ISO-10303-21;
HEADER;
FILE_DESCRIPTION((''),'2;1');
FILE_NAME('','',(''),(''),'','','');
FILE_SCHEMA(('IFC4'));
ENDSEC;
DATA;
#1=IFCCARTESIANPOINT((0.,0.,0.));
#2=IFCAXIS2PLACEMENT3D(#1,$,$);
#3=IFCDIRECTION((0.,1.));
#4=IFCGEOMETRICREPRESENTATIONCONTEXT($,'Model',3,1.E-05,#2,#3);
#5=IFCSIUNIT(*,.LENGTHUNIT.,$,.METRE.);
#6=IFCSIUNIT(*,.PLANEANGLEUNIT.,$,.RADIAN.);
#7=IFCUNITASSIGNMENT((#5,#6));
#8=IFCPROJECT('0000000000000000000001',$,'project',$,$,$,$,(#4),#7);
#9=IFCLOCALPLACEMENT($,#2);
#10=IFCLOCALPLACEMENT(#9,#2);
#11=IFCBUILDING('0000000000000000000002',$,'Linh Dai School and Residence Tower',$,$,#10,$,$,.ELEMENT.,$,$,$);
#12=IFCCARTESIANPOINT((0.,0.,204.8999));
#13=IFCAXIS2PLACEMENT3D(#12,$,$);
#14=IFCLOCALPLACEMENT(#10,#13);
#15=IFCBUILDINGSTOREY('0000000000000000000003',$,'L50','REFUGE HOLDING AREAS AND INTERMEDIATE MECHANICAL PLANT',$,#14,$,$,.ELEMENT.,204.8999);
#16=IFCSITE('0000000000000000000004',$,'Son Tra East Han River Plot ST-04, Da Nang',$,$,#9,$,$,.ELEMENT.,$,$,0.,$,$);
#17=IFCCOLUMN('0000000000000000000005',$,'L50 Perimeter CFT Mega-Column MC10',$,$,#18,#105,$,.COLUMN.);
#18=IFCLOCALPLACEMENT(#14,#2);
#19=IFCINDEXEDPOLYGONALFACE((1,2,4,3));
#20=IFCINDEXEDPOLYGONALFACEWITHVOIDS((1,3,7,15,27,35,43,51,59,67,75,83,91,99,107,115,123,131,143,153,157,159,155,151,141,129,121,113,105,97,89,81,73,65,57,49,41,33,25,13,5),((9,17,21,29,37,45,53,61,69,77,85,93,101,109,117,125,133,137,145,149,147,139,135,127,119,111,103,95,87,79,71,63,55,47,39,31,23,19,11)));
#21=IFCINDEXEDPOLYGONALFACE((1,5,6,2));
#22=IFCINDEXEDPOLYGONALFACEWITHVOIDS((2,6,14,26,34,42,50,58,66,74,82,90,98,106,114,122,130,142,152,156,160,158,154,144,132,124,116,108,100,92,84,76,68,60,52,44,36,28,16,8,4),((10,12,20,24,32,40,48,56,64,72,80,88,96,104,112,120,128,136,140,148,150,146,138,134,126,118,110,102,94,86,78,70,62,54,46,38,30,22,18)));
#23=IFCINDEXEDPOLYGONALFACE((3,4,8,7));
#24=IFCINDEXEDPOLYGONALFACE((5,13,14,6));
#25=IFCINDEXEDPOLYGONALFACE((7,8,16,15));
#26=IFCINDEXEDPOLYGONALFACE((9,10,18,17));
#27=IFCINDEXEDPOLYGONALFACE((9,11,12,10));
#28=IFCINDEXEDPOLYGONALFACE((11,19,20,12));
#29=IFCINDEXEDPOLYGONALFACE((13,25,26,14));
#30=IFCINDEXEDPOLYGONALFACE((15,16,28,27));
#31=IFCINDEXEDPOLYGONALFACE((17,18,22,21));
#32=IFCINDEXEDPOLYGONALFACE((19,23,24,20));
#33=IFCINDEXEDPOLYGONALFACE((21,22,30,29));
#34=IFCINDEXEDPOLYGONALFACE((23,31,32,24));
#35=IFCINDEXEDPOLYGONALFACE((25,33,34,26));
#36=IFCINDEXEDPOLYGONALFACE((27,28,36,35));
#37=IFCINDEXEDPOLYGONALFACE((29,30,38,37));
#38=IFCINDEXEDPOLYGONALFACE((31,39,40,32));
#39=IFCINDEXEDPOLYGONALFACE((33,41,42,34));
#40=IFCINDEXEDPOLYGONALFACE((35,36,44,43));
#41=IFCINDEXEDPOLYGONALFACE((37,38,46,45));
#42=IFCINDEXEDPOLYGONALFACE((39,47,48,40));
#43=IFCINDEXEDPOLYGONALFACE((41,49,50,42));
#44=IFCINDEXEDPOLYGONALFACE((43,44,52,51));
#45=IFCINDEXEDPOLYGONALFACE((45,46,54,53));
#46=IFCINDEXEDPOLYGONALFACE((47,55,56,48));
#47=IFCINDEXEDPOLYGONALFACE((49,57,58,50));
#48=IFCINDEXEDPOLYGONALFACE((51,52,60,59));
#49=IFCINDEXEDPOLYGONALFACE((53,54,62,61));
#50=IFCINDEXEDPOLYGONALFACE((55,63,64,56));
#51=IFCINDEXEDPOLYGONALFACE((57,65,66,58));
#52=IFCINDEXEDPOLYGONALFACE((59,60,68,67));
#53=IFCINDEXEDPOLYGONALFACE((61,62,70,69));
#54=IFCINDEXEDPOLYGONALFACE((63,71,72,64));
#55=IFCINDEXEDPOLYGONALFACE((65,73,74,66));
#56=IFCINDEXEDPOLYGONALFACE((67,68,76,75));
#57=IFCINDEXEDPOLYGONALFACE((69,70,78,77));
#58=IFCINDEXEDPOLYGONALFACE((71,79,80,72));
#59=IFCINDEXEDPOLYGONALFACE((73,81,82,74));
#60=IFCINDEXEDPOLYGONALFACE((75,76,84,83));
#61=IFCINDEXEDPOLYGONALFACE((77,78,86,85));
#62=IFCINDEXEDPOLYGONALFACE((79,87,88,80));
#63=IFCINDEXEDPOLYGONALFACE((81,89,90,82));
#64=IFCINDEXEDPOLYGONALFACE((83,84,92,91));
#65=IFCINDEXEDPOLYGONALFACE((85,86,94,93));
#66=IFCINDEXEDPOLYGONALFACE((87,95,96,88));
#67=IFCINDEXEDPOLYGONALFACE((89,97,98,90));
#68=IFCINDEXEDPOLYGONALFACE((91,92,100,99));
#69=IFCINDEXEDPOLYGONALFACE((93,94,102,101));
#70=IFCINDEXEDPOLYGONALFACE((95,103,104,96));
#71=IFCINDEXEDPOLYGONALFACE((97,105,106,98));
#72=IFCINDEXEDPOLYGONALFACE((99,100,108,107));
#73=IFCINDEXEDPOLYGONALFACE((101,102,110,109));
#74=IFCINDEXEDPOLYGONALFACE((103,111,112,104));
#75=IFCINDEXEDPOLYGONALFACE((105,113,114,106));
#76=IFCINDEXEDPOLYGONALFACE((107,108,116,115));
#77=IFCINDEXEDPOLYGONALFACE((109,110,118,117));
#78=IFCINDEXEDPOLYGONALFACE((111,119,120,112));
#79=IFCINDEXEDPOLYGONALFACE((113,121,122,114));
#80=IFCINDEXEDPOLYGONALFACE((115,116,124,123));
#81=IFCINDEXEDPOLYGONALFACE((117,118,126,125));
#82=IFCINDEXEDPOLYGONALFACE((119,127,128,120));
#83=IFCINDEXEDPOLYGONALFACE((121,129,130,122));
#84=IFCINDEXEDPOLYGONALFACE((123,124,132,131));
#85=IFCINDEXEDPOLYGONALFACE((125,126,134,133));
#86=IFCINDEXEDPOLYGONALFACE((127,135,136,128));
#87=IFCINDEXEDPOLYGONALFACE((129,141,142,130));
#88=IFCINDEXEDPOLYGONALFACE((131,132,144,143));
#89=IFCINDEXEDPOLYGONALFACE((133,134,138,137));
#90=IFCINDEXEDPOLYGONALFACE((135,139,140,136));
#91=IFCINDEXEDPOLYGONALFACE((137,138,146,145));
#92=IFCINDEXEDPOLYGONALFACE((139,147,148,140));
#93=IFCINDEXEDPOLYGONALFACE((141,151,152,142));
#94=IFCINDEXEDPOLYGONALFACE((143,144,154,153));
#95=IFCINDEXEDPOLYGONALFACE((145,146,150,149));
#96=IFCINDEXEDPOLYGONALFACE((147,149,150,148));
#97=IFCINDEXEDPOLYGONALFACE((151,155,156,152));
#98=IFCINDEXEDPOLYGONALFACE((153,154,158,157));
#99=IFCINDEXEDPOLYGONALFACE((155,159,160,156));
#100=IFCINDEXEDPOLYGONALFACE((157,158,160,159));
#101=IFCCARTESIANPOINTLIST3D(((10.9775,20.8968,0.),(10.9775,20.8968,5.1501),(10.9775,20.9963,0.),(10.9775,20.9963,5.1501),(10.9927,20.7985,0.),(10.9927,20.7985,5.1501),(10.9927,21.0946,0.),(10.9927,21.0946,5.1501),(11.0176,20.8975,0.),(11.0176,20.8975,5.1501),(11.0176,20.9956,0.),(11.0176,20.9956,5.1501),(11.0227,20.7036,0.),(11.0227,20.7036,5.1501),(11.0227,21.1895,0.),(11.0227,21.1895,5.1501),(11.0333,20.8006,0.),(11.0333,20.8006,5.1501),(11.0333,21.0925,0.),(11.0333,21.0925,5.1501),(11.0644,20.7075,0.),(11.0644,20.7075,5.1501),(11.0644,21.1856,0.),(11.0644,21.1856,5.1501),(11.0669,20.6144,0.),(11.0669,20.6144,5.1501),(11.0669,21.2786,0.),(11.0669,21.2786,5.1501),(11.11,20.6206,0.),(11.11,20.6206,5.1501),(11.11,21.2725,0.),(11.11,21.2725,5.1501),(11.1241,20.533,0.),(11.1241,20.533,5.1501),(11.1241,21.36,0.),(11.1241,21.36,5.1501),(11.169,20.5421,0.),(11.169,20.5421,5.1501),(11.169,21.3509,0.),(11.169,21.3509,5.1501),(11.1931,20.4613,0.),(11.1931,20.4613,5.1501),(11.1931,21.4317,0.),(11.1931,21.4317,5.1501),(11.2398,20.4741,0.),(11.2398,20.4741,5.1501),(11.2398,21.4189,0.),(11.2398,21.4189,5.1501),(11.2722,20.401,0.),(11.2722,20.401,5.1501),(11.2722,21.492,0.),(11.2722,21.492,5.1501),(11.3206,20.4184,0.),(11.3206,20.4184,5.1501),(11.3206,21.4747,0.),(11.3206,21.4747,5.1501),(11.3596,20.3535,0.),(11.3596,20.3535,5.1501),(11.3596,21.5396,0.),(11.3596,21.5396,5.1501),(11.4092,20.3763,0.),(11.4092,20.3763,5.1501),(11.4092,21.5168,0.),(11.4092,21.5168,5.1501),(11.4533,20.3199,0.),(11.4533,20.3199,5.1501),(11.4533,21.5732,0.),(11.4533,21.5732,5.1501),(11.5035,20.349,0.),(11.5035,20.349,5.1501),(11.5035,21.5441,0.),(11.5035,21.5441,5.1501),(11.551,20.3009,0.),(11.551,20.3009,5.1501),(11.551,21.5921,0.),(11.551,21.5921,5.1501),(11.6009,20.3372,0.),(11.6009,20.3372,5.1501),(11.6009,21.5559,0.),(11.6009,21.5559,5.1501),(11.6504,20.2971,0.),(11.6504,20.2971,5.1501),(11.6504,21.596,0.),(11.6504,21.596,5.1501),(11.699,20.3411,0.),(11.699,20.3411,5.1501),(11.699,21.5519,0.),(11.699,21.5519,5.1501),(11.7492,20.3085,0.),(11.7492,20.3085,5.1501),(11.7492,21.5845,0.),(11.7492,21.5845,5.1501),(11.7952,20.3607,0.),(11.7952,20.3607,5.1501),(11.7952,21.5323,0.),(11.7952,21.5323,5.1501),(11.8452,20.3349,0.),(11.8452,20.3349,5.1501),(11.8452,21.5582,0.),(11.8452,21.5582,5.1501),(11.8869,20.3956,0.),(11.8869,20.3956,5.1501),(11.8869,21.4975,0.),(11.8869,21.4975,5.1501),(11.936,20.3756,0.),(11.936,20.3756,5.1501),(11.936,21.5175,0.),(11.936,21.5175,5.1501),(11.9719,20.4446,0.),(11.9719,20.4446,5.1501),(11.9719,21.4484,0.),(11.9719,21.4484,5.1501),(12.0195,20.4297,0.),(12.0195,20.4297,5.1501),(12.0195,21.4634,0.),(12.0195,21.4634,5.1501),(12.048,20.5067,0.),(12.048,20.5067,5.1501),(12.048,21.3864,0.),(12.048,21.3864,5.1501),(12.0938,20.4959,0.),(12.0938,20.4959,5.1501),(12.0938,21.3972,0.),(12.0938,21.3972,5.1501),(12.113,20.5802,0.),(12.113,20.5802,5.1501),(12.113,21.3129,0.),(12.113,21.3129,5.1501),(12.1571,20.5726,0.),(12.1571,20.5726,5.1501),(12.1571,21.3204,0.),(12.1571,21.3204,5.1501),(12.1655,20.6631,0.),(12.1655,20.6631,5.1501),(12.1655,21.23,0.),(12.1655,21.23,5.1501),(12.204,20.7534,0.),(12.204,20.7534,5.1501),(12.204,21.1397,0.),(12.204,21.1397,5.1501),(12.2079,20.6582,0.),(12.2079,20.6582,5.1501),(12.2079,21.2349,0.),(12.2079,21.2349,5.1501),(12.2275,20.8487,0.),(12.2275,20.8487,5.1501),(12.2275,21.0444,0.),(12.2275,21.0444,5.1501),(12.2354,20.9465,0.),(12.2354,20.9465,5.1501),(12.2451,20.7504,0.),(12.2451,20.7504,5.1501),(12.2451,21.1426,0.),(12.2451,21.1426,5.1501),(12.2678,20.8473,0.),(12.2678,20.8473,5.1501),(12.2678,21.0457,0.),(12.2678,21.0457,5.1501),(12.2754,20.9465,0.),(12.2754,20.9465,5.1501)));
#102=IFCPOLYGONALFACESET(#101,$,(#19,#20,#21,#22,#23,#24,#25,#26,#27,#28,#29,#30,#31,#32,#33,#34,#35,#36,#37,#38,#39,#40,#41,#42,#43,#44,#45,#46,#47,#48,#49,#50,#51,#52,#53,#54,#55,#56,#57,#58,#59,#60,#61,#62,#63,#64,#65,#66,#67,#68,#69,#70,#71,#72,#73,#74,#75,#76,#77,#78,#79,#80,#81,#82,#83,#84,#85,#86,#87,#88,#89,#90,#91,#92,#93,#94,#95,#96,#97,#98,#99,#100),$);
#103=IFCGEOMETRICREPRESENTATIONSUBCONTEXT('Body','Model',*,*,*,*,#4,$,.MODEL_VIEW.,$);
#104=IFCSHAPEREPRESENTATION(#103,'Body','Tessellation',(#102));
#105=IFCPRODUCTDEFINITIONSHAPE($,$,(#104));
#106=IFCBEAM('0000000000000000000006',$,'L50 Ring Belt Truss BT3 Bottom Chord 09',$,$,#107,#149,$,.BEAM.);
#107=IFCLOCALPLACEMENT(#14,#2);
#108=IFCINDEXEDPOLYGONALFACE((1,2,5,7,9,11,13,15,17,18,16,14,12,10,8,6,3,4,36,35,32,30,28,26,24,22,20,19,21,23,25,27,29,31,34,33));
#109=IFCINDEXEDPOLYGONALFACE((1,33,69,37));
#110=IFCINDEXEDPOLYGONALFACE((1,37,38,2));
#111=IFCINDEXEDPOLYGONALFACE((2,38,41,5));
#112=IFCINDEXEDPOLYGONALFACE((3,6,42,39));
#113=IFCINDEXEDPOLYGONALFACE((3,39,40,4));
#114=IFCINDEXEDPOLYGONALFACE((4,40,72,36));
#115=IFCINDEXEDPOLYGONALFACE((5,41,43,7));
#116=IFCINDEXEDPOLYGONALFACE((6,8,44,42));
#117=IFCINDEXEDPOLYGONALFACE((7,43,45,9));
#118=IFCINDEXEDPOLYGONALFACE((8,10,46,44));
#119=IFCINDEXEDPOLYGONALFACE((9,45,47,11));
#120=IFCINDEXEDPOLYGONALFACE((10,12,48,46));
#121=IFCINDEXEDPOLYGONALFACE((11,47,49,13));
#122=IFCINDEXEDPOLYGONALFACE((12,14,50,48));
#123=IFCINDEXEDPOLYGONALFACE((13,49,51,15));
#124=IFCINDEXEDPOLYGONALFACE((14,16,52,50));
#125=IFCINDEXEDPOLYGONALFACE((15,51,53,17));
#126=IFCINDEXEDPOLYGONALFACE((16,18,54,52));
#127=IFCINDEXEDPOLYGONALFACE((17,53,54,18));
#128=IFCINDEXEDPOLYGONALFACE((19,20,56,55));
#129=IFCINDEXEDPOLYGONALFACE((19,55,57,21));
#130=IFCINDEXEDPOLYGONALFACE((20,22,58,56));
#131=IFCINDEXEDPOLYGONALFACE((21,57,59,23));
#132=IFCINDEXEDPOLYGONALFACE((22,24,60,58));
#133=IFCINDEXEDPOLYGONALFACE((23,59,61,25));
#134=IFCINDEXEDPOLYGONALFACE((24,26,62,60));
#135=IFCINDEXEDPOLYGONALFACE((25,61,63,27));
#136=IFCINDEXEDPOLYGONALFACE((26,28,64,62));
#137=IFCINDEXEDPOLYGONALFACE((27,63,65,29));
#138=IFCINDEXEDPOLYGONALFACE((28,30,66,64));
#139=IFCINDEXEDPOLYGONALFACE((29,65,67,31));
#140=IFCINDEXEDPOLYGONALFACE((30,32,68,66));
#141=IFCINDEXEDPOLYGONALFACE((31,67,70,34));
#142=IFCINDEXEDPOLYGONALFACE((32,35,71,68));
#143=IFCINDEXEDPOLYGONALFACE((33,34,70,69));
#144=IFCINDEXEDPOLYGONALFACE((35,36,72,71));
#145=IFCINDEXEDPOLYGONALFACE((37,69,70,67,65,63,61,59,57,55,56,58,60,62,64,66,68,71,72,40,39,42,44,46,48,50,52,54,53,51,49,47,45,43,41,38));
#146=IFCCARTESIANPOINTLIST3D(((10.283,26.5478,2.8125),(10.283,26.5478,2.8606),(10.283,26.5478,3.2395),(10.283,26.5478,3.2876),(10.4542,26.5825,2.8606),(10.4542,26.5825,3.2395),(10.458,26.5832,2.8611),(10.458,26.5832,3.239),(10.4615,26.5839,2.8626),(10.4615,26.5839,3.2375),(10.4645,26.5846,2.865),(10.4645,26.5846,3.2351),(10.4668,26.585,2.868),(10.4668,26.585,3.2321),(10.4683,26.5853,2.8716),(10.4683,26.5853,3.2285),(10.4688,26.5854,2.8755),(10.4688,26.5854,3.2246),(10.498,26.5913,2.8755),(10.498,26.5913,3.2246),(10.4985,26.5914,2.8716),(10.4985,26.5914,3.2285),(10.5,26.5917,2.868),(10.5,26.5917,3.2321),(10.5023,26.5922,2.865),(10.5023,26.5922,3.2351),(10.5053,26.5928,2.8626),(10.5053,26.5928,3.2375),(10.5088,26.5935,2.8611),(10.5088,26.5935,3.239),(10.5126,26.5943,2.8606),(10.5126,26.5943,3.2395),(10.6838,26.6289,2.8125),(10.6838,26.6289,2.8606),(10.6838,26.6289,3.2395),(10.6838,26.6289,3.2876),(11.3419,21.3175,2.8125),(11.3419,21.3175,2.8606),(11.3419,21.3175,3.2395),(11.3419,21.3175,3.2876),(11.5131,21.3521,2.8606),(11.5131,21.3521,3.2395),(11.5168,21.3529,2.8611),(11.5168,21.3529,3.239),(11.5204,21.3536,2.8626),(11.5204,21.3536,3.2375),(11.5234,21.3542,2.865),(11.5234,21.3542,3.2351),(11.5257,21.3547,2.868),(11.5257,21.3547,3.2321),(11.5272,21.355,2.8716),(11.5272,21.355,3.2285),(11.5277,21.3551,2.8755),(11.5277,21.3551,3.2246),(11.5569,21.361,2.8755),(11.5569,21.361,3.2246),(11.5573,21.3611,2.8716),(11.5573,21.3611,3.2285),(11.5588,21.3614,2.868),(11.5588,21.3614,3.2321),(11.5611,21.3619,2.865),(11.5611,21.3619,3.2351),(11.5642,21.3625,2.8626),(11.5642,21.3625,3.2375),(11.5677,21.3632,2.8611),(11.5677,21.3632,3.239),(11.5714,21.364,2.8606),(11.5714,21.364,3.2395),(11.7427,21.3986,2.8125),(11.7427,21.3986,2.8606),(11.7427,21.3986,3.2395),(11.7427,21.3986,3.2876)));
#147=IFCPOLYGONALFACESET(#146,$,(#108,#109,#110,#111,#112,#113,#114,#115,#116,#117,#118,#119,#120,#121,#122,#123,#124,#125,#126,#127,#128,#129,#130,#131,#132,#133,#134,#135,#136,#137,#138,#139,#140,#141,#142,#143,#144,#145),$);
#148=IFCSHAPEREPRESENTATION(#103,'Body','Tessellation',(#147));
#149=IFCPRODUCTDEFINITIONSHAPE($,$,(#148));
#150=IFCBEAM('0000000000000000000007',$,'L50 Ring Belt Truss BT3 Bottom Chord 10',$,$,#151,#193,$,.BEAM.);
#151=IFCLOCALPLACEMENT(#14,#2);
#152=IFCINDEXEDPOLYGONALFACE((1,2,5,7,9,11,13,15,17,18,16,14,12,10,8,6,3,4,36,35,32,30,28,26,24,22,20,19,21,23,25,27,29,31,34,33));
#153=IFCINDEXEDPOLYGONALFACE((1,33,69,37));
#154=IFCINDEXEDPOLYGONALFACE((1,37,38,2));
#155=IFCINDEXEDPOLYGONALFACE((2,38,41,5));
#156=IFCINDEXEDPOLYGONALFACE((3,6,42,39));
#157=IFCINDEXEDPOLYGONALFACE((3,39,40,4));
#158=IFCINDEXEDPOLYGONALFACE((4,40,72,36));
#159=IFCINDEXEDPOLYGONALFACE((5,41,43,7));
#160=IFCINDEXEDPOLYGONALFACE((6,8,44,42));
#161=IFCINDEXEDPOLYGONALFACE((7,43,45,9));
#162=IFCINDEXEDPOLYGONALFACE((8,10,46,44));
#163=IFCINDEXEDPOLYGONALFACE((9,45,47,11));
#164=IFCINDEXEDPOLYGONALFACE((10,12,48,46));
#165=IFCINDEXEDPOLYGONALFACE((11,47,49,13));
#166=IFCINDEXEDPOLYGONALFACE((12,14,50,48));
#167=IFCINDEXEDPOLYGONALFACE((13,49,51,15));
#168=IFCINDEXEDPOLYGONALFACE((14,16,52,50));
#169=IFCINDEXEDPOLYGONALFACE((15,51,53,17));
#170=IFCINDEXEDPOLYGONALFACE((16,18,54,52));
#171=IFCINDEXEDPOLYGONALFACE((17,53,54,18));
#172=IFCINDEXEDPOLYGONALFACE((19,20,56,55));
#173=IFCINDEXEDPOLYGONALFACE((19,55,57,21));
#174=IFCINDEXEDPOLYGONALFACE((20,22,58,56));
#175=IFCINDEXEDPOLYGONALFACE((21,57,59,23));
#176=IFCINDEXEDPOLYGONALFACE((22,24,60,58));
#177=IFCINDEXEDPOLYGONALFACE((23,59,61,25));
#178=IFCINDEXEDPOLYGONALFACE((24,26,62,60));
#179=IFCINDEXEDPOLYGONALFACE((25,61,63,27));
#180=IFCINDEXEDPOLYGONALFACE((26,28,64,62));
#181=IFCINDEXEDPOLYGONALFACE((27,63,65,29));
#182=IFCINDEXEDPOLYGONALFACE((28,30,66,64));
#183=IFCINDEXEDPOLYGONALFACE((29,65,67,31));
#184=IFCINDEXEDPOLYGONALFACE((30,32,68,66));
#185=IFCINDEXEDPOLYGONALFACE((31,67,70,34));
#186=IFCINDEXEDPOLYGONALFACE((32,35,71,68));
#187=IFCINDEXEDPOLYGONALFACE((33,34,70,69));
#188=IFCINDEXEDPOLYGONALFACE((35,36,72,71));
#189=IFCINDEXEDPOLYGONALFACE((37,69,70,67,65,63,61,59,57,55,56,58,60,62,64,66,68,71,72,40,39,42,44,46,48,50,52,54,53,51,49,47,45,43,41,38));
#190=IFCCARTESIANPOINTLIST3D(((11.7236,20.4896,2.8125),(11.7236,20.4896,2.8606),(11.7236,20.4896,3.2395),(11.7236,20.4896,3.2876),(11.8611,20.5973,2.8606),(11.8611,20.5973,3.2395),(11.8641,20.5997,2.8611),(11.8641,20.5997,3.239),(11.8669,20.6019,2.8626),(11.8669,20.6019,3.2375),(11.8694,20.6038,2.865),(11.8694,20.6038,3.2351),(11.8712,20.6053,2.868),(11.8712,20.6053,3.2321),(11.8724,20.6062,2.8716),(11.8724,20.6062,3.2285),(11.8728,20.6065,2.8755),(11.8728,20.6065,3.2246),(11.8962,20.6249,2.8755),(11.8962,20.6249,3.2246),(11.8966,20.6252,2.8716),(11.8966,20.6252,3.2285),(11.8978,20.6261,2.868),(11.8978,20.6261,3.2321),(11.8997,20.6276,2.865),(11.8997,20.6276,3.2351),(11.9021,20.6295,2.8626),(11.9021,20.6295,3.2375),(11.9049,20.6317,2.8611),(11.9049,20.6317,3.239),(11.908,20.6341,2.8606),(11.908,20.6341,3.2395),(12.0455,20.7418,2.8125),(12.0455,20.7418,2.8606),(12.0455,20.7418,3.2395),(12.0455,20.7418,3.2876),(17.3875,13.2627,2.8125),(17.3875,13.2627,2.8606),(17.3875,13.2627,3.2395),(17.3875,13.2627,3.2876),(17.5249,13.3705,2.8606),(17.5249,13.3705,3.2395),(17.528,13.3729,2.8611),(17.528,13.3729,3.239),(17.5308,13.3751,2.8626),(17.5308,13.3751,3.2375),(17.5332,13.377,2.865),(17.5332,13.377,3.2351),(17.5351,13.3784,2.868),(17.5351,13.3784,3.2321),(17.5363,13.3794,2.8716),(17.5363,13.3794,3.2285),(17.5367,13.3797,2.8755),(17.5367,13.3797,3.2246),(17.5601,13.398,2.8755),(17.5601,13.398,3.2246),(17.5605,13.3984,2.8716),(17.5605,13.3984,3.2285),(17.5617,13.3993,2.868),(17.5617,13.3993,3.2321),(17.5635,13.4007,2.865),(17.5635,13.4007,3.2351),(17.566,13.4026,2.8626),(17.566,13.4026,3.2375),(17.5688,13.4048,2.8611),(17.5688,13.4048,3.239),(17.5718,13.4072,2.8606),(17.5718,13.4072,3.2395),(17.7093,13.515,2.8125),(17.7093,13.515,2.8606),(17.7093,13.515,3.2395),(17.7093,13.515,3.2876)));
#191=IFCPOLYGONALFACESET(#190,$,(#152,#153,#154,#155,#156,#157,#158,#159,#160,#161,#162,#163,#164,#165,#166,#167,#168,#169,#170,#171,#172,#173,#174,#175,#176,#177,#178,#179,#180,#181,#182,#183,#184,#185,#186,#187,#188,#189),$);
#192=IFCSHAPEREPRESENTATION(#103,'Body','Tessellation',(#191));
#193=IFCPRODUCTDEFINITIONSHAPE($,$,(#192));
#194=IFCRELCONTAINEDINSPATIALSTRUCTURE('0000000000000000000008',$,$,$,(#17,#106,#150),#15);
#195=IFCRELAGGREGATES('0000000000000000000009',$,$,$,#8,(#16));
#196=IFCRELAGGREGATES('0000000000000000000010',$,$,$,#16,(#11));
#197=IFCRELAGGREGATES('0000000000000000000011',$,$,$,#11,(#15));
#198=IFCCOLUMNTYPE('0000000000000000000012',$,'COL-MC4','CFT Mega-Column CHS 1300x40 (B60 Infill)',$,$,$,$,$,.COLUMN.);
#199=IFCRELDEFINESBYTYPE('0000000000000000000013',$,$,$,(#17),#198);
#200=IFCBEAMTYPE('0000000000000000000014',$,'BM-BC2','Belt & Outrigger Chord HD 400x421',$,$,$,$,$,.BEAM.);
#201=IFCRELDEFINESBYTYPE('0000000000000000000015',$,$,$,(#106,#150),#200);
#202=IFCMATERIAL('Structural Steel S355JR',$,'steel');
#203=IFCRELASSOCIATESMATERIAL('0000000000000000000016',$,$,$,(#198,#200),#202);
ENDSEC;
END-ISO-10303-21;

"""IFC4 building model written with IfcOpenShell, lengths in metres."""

from ifc_helpers import new_model, si_unit, direction, frame, origin, origin_2d, place, context, subcontext, project, spatial, hollow_circle, i_section, extrude, material, material_profile, profile_set, type_object, element, save


model = new_model("IFC4")

# Units and contexts
model_context = context("Model", 3, precision=1e-05, world=origin(), true_north=direction((0.0, 1.0)))
body_context = subcontext(model_context, "Body", "Model", "MODEL_VIEW")
ifc_project = project(units=[si_unit("LENGTHUNIT", "METRE"), si_unit("PLANEANGLEUNIT", "RADIAN")], contexts=[model_context])

# Site, building, storey
site_placement = place(None, origin())
site = spatial("IfcSite", under=ifc_project, at=site_placement, Name="Son Tra East Han River Plot ST-04, Da Nang", CompositionType="ELEMENT", RefElevation=0.0)
building_placement = place(site_placement, origin())
building = spatial("IfcBuilding", under=site, at=building_placement, Name="Linh Dai School and Residence Tower", CompositionType="ELEMENT")
storey_placement = place(building_placement, frame((0.0, 0.0, 204.8999)))
storey = spatial("IfcBuildingStorey", under=building, at=storey_placement, Name="L50", Description="REFUGE HOLDING AREAS AND INTERMEDIATE MECHANICAL PLANT", CompositionType="ELEMENT", Elevation=204.8999)

# Column
ifc_material_1 = material(Name="Structural Steel S355JR", Category="steel")
ifc_material_profile_1 = material_profile(ifc_material_1, hollow_circle(Radius=0.6499, WallThickness=0.04, at=origin_2d()), Name="CHS 1300x40")
ifc_profile_set_1 = profile_set([ifc_material_profile_1], Name="Structural Steel S355JR")
column_type = type_object("IfcColumnType", Name="COL-MC4", Description="CFT Mega-Column CHS 1300x40 (B60 Infill)", PredefinedType="COLUMN", material=ifc_profile_set_1)
column_placement = place(storey_placement, frame((11.6255, 20.9465, 0.0), z_axis=(0.0, 0.0, 1.0), x_axis=(1.0, 0.0, 0.0)))
element("IfcColumn", 1, at=column_placement, inside=storey, type_object=column_type, Name="L50 Perimeter CFT Mega-Column MC10", PredefinedType="COLUMN", context=body_context, shape_type="SweptSolid", body=[
    extrude(hollow_circle(Radius=0.6499, WallThickness=0.04, at=origin_2d()), origin(), (0.0, 0.0, 1.0), 5.1501),
])

# Beams
ifc_material_profile_2 = material_profile(ifc_material_1, i_section(OverallWidth=0.4089, OverallDepth=0.4751, WebThickness=0.0298, FlangeThickness=0.0481, FilletRadius=0.0149, at=origin_2d()), Name="HD 400x421")
ifc_profile_set_2 = profile_set([ifc_material_profile_2], Name="Structural Steel S355JR")
beam_type_1 = type_object("IfcBeamType", Name="BM-BC2", Description="Belt & Outrigger Chord HD 400x421", PredefinedType="BEAM", material=ifc_profile_set_2)
beam_1_placement = place(storey_placement, frame((10.4834, 26.5884, 3.05), z_axis=(0.198421, -0.980117, 0.0), x_axis=(0.980117, 0.198421, 0.0)))
element("IfcBeam", 2, at=beam_1_placement, inside=storey, type_object=beam_type_1, Name="L50 Ring Belt Truss BT3 Bottom Chord 09", PredefinedType="BEAM", context=body_context, shape_type="SweptSolid", body=[
    extrude(i_section(OverallWidth=0.4089, OverallDepth=0.4751, WebThickness=0.0298, FlangeThickness=0.0481, FilletRadius=0.0149, at=origin_2d()), origin(), (0.0, 0.0, 1.0), 5.3364),
])
beam_2_placement = place(storey_placement, frame((11.8845, 20.6157, 3.05), z_axis=(0.616852, -0.787079, 0.0), x_axis=(0.787079, 0.616852, 0.0)))
element("IfcBeam", 3, at=beam_2_placement, inside=storey, type_object=beam_type_1, Name="L50 Ring Belt Truss BT3 Bottom Chord 10", PredefinedType="BEAM", context=body_context, shape_type="SweptSolid", body=[
    extrude(i_section(OverallWidth=0.4089, OverallDepth=0.4751, WebThickness=0.0298, FlangeThickness=0.0481, FilletRadius=0.0149, at=origin_2d()), origin(), (0.0, 0.0, 1.0), 9.1819),
])

save(model, "model.ifc")
